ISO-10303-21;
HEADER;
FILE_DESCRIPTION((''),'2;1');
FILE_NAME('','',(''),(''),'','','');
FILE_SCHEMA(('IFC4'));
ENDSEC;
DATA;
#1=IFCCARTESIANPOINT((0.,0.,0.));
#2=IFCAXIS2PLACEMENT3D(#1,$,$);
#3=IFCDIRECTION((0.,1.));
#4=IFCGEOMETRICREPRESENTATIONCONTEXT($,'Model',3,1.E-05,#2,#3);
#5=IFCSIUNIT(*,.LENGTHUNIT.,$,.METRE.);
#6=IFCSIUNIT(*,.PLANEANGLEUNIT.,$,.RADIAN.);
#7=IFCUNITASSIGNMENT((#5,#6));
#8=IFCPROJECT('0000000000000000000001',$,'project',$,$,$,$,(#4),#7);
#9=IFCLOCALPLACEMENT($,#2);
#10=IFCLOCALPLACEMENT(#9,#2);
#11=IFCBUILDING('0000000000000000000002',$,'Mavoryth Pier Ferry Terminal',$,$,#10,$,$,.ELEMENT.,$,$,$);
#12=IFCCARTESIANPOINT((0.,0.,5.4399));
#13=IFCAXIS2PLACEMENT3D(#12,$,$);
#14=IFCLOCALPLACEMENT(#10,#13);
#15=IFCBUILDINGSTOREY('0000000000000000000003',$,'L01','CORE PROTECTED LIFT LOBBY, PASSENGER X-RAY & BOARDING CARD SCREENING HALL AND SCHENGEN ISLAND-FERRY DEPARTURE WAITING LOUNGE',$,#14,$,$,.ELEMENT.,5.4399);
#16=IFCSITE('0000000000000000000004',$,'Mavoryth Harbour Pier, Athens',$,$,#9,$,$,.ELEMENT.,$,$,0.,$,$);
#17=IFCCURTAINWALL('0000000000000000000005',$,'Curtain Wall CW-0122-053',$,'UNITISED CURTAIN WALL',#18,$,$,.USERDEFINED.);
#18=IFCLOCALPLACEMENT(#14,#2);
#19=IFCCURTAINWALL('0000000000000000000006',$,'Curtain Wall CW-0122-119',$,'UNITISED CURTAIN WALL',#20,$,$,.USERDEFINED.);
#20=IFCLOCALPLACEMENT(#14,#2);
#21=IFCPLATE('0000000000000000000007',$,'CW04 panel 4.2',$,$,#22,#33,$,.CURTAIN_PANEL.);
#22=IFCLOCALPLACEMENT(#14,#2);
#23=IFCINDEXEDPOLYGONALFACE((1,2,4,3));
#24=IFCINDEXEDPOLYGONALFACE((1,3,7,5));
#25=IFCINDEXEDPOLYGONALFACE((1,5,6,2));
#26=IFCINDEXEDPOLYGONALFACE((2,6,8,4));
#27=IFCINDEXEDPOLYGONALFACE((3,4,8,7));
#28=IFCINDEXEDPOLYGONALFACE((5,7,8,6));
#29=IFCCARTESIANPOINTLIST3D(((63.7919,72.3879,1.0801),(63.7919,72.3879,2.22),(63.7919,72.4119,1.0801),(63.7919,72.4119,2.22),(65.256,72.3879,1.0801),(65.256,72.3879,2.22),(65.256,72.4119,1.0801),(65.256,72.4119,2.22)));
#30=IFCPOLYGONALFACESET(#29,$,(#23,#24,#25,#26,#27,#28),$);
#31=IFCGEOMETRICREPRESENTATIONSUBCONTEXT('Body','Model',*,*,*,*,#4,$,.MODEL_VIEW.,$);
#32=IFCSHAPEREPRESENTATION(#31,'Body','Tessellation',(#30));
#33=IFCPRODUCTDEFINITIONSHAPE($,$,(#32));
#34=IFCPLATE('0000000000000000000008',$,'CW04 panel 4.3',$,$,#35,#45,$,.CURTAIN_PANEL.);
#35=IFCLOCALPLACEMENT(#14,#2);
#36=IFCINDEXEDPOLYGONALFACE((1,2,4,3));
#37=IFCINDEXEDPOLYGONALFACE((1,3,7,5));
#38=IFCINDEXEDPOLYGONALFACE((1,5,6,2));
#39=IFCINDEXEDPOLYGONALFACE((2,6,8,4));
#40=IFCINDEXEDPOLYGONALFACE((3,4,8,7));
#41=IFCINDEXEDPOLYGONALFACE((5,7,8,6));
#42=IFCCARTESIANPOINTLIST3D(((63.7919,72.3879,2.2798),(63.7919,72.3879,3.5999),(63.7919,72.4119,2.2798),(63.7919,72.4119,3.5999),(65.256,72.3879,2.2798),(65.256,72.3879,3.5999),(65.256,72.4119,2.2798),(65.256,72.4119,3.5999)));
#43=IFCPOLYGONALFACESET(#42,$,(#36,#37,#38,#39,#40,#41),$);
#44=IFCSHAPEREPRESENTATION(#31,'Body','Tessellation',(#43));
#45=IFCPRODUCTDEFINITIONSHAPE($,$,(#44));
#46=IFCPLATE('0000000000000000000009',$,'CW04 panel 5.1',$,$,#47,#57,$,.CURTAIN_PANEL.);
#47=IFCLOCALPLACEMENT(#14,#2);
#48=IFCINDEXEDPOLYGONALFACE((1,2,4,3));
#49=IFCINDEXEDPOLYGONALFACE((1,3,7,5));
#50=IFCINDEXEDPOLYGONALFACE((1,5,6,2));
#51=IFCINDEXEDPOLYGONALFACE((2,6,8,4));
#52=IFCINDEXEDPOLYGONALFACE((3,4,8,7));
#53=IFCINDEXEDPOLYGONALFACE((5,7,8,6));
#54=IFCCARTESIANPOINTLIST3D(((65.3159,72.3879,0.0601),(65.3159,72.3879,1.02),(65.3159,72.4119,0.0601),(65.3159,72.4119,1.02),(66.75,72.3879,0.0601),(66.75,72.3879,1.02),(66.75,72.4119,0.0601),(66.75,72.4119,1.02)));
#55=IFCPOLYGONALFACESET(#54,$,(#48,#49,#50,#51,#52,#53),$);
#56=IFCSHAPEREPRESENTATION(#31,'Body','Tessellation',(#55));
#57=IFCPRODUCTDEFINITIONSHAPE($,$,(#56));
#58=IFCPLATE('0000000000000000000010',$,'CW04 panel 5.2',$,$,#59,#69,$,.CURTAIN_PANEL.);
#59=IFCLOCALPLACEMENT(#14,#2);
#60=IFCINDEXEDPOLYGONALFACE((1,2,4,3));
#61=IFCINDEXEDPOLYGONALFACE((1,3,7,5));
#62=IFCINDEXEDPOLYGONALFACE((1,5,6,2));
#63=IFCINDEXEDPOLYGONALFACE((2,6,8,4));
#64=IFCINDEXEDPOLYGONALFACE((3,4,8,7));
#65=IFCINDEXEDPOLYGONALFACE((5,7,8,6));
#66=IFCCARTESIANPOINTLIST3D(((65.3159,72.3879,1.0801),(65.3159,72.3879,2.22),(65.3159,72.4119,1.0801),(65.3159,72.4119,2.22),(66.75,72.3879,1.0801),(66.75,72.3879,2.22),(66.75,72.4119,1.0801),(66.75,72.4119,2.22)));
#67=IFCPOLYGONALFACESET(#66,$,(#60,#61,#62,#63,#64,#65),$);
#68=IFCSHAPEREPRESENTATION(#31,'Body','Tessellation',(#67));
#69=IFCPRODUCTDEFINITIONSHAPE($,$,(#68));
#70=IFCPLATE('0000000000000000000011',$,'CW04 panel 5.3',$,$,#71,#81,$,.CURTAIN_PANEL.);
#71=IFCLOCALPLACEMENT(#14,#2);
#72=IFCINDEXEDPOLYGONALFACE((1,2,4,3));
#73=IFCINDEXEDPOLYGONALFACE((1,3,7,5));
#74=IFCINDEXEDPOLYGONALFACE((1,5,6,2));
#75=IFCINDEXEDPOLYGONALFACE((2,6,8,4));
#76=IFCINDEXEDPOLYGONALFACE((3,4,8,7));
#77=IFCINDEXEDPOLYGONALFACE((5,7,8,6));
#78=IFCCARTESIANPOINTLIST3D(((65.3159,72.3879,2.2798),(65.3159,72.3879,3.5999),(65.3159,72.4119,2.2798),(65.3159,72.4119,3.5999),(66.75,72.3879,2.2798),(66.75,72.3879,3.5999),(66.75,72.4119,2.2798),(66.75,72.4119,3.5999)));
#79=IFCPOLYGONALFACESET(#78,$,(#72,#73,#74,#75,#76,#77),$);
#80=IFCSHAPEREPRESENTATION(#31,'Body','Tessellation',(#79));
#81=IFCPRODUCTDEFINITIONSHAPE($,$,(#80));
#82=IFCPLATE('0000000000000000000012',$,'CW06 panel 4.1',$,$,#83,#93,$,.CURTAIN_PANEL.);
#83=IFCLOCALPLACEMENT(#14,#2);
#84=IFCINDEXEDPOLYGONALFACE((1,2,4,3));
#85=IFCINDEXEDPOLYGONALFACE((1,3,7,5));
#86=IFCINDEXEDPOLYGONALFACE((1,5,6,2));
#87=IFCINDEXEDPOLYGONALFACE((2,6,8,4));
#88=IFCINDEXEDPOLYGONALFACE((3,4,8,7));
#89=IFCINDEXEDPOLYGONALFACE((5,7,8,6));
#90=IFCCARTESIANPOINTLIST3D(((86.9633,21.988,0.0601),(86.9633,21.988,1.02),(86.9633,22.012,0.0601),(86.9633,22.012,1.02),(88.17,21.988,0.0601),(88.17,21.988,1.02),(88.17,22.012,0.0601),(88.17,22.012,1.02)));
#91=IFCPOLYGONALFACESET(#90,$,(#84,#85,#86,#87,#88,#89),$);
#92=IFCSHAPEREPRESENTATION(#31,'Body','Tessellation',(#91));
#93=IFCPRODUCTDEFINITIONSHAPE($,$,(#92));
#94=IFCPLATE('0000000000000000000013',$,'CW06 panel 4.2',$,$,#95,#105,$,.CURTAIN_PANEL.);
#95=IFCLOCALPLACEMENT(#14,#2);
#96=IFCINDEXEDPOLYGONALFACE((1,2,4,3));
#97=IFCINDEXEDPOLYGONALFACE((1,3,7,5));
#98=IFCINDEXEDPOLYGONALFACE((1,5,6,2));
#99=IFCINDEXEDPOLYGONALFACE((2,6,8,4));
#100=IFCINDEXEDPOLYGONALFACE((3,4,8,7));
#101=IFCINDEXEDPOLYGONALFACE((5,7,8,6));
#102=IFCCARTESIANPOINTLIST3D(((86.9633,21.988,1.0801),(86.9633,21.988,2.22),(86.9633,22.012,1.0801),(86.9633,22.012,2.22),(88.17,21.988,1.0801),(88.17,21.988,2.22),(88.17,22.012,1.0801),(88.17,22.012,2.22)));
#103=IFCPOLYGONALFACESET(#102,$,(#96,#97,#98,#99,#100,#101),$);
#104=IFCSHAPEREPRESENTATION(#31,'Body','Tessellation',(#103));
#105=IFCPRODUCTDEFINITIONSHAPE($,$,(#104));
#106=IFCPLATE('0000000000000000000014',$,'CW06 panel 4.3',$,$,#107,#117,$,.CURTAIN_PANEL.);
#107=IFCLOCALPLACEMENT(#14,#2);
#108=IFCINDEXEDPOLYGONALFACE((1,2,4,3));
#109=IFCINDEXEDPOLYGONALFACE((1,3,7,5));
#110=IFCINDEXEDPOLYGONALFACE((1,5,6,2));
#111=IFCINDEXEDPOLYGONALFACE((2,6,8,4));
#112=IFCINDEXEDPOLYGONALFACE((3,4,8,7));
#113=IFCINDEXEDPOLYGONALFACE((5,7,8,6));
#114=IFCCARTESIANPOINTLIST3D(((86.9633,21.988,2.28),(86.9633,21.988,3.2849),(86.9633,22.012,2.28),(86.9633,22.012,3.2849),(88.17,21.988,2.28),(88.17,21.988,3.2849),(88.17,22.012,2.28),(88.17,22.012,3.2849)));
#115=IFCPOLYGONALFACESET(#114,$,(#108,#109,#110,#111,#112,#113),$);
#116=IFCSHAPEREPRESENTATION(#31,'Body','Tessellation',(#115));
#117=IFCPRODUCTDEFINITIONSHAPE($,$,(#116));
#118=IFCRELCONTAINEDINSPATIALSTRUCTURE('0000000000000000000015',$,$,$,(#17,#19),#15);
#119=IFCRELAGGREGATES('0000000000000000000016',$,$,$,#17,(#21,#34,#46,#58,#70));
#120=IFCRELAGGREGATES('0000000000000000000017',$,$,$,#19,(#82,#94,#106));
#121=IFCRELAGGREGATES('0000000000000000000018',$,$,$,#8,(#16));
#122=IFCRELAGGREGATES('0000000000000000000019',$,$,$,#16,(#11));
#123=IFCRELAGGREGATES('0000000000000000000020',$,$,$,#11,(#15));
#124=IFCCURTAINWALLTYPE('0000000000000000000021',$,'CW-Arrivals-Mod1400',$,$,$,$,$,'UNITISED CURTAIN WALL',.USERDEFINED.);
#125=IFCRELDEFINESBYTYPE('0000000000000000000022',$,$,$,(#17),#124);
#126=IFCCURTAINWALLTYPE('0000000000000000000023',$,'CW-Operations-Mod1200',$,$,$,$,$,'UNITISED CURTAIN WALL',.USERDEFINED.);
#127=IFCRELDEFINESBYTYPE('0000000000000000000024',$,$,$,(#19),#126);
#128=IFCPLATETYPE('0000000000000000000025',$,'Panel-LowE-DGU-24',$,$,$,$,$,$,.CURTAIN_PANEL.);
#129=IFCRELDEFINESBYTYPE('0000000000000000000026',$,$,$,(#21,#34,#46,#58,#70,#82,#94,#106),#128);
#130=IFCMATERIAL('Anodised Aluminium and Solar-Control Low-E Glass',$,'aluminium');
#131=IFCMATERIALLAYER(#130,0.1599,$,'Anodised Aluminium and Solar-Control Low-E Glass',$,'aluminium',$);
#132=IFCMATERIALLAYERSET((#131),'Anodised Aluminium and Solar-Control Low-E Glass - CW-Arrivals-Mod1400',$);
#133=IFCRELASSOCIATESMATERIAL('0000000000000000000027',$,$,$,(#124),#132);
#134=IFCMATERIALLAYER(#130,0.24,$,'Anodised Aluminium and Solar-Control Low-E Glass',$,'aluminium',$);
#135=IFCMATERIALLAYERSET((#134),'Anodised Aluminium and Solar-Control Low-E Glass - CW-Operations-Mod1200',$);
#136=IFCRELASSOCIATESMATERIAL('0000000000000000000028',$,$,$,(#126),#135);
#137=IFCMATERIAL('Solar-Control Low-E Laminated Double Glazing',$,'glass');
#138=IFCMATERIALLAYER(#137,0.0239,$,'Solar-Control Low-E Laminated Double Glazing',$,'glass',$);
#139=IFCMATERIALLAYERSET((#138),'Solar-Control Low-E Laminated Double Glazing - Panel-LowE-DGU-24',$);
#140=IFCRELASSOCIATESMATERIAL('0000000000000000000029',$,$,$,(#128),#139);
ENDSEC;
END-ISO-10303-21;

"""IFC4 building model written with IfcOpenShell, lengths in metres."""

from ifc_helpers import new_model, si_unit, direction, frame, origin, origin_2d, place, context, subcontext, project, spatial, rectangle, extrude, material, layer, layer_set, type_object, element, aggregate, save


model = new_model("IFC4")

# Units and contexts
model_context = context("Model", 3, precision=1e-05, world=origin(), true_north=direction((0.0, 1.0)))
body_context = subcontext(model_context, "Body", "Model", "MODEL_VIEW")
ifc_project = project(units=[si_unit("LENGTHUNIT", "METRE"), si_unit("PLANEANGLEUNIT", "RADIAN")], contexts=[model_context])

# Site, building, storey
site_placement = place(None, origin())
site = spatial("IfcSite", under=ifc_project, at=site_placement, Name="Mavoryth Harbour Pier, Athens", CompositionType="ELEMENT", RefElevation=0.0)
building_placement = place(site_placement, origin())
building = spatial("IfcBuilding", under=site, at=building_placement, Name="Mavoryth Pier Ferry Terminal", CompositionType="ELEMENT")
storey_placement = place(building_placement, frame((0.0, 0.0, 5.4399)))
storey = spatial("IfcBuildingStorey", under=building, at=storey_placement, Name="L01", Description="CORE PROTECTED LIFT LOBBY, PASSENGER X-RAY & BOARDING CARD SCREENING HALL AND SCHENGEN ISLAND-FERRY DEPARTURE WAITING LOUNGE", CompositionType="ELEMENT", Elevation=5.4399)

# Curtain walls
ifc_material_1 = material(Name="Anodised Aluminium and Solar-Control Low-E Glass", Category="aluminium")
ifc_layer_1 = layer(ifc_material_1, 0.1599, Name="Anodised Aluminium and Solar-Control Low-E Glass", Category="aluminium")
ifc_layer_set_1 = layer_set([ifc_layer_1], Name="Anodised Aluminium and Solar-Control Low-E Glass - CW-Arrivals-Mod1400")
curtain_wall_type_1 = type_object("IfcCurtainWallType", Name="CW-Arrivals-Mod1400", ElementType="UNITISED CURTAIN WALL", PredefinedType="USERDEFINED", material=ifc_layer_set_1)
curtain_wall_1_placement = place(storey_placement, origin())
curtain_wall_1 = element("IfcCurtainWall", 1, at=curtain_wall_1_placement, inside=storey, type_object=curtain_wall_type_1, Name="Curtain Wall CW-0122-053", ObjectType="UNITISED CURTAIN WALL", PredefinedType="USERDEFINED")
ifc_layer_2 = layer(ifc_material_1, 0.24, Name="Anodised Aluminium and Solar-Control Low-E Glass", Category="aluminium")
ifc_layer_set_2 = layer_set([ifc_layer_2], Name="Anodised Aluminium and Solar-Control Low-E Glass - CW-Operations-Mod1200")
curtain_wall_type_2 = type_object("IfcCurtainWallType", Name="CW-Operations-Mod1200", ElementType="UNITISED CURTAIN WALL", PredefinedType="USERDEFINED", material=ifc_layer_set_2)
curtain_wall_2_placement = place(storey_placement, origin())
curtain_wall_2 = element("IfcCurtainWall", 2, at=curtain_wall_2_placement, inside=storey, type_object=curtain_wall_type_2, Name="Curtain Wall CW-0122-119", ObjectType="UNITISED CURTAIN WALL", PredefinedType="USERDEFINED")

# Plates
ifc_material_2 = material(Name="Solar-Control Low-E Laminated Double Glazing", Category="glass")
ifc_layer_3 = layer(ifc_material_2, 0.0239, Name="Solar-Control Low-E Laminated Double Glazing", Category="glass")
ifc_layer_set_3 = layer_set([ifc_layer_3], Name="Solar-Control Low-E Laminated Double Glazing - Panel-LowE-DGU-24")
plate_type = type_object("IfcPlateType", Name="Panel-LowE-DGU-24", PredefinedType="CURTAIN_PANEL", material=ifc_layer_set_3)
plate_1_placement = place(storey_placement, frame((64.5239, 72.3999, 1.0801), z_axis=(0.0, 0.0, 1.0), x_axis=(1.0, 0.0, 0.0)))
plate_1 = element("IfcPlate", 3, at=plate_1_placement, type_object=plate_type, Name="CW04 panel 4.2", PredefinedType="CURTAIN_PANEL", context=body_context, shape_type="SweptSolid", body=[
    extrude(rectangle(XDim=1.4641, YDim=0.0239, at=origin_2d()), origin(), (0.0, 0.0, 1.0), 1.1399),
])
plate_2_placement = place(storey_placement, frame((64.5239, 72.3999, 2.2798), z_axis=(0.0, 0.0, 1.0), x_axis=(1.0, 0.0, 0.0)))
plate_2 = element("IfcPlate", 4, at=plate_2_placement, type_object=plate_type, Name="CW04 panel 4.3", PredefinedType="CURTAIN_PANEL", context=body_context, shape_type="SweptSolid", body=[
    extrude(rectangle(XDim=1.4641, YDim=0.0239, at=origin_2d()), origin(), (0.0, 0.0, 1.0), 1.3201),
])
plate_3_placement = place(storey_placement, frame((66.033, 72.3999, 0.0601), z_axis=(0.0, 0.0, 1.0), x_axis=(1.0, 0.0, 0.0)))
plate_3 = element("IfcPlate", 5, at=plate_3_placement, type_object=plate_type, Name="CW04 panel 5.1", PredefinedType="CURTAIN_PANEL", context=body_context, shape_type="SweptSolid", body=[
    extrude(rectangle(XDim=1.4341, YDim=0.0239, at=origin_2d()), origin(), (0.0, 0.0, 1.0), 0.96),
])
plate_4_placement = place(storey_placement, frame((66.033, 72.3999, 1.0801), z_axis=(0.0, 0.0, 1.0), x_axis=(1.0, 0.0, 0.0)))
plate_4 = element("IfcPlate", 6, at=plate_4_placement, type_object=plate_type, Name="CW04 panel 5.2", PredefinedType="CURTAIN_PANEL", context=body_context, shape_type="SweptSolid", body=[
    extrude(rectangle(XDim=1.4341, YDim=0.0239, at=origin_2d()), origin(), (0.0, 0.0, 1.0), 1.1399),
])
plate_5_placement = place(storey_placement, frame((66.033, 72.3999, 2.2798), z_axis=(0.0, 0.0, 1.0), x_axis=(1.0, 0.0, 0.0)))
plate_5 = element("IfcPlate", 7, at=plate_5_placement, type_object=plate_type, Name="CW04 panel 5.3", PredefinedType="CURTAIN_PANEL", context=body_context, shape_type="SweptSolid", body=[
    extrude(rectangle(XDim=1.4341, YDim=0.0239, at=origin_2d()), origin(), (0.0, 0.0, 1.0), 1.3201),
])
aggregate(curtain_wall_1, [plate_1, plate_2, plate_3, plate_4, plate_5])
plate_6_placement = place(storey_placement, frame((87.5667, 22.0, 0.0601), z_axis=(0.0, 0.0, 1.0), x_axis=(-1.0, 0.0, 0.0)))
plate_6 = element("IfcPlate", 8, at=plate_6_placement, type_object=plate_type, Name="CW06 panel 4.1", PredefinedType="CURTAIN_PANEL", context=body_context, shape_type="SweptSolid", body=[
    extrude(rectangle(XDim=1.2068, YDim=0.0239, at=origin_2d()), origin(), (0.0, 0.0, 1.0), 0.96),
])
plate_7_placement = place(storey_placement, frame((87.5667, 22.0, 1.0801), z_axis=(0.0, 0.0, 1.0), x_axis=(-1.0, 0.0, 0.0)))
plate_7 = element("IfcPlate", 9, at=plate_7_placement, type_object=plate_type, Name="CW06 panel 4.2", PredefinedType="CURTAIN_PANEL", context=body_context, shape_type="SweptSolid", body=[
    extrude(rectangle(XDim=1.2068, YDim=0.0239, at=origin_2d()), origin(), (0.0, 0.0, 1.0), 1.1399),
])
plate_8_placement = place(storey_placement, frame((87.5667, 22.0, 2.28), z_axis=(0.0, 0.0, 1.0), x_axis=(-1.0, 0.0, 0.0)))
plate_8 = element("IfcPlate", 10, at=plate_8_placement, type_object=plate_type, Name="CW06 panel 4.3", PredefinedType="CURTAIN_PANEL", context=body_context, shape_type="SweptSolid", body=[
    extrude(rectangle(XDim=1.2068, YDim=0.0239, at=origin_2d()), origin(), (0.0, 0.0, 1.0), 1.0049),
])
aggregate(curtain_wall_2, [plate_6, plate_7, plate_8])

save(model, "model.ifc")
